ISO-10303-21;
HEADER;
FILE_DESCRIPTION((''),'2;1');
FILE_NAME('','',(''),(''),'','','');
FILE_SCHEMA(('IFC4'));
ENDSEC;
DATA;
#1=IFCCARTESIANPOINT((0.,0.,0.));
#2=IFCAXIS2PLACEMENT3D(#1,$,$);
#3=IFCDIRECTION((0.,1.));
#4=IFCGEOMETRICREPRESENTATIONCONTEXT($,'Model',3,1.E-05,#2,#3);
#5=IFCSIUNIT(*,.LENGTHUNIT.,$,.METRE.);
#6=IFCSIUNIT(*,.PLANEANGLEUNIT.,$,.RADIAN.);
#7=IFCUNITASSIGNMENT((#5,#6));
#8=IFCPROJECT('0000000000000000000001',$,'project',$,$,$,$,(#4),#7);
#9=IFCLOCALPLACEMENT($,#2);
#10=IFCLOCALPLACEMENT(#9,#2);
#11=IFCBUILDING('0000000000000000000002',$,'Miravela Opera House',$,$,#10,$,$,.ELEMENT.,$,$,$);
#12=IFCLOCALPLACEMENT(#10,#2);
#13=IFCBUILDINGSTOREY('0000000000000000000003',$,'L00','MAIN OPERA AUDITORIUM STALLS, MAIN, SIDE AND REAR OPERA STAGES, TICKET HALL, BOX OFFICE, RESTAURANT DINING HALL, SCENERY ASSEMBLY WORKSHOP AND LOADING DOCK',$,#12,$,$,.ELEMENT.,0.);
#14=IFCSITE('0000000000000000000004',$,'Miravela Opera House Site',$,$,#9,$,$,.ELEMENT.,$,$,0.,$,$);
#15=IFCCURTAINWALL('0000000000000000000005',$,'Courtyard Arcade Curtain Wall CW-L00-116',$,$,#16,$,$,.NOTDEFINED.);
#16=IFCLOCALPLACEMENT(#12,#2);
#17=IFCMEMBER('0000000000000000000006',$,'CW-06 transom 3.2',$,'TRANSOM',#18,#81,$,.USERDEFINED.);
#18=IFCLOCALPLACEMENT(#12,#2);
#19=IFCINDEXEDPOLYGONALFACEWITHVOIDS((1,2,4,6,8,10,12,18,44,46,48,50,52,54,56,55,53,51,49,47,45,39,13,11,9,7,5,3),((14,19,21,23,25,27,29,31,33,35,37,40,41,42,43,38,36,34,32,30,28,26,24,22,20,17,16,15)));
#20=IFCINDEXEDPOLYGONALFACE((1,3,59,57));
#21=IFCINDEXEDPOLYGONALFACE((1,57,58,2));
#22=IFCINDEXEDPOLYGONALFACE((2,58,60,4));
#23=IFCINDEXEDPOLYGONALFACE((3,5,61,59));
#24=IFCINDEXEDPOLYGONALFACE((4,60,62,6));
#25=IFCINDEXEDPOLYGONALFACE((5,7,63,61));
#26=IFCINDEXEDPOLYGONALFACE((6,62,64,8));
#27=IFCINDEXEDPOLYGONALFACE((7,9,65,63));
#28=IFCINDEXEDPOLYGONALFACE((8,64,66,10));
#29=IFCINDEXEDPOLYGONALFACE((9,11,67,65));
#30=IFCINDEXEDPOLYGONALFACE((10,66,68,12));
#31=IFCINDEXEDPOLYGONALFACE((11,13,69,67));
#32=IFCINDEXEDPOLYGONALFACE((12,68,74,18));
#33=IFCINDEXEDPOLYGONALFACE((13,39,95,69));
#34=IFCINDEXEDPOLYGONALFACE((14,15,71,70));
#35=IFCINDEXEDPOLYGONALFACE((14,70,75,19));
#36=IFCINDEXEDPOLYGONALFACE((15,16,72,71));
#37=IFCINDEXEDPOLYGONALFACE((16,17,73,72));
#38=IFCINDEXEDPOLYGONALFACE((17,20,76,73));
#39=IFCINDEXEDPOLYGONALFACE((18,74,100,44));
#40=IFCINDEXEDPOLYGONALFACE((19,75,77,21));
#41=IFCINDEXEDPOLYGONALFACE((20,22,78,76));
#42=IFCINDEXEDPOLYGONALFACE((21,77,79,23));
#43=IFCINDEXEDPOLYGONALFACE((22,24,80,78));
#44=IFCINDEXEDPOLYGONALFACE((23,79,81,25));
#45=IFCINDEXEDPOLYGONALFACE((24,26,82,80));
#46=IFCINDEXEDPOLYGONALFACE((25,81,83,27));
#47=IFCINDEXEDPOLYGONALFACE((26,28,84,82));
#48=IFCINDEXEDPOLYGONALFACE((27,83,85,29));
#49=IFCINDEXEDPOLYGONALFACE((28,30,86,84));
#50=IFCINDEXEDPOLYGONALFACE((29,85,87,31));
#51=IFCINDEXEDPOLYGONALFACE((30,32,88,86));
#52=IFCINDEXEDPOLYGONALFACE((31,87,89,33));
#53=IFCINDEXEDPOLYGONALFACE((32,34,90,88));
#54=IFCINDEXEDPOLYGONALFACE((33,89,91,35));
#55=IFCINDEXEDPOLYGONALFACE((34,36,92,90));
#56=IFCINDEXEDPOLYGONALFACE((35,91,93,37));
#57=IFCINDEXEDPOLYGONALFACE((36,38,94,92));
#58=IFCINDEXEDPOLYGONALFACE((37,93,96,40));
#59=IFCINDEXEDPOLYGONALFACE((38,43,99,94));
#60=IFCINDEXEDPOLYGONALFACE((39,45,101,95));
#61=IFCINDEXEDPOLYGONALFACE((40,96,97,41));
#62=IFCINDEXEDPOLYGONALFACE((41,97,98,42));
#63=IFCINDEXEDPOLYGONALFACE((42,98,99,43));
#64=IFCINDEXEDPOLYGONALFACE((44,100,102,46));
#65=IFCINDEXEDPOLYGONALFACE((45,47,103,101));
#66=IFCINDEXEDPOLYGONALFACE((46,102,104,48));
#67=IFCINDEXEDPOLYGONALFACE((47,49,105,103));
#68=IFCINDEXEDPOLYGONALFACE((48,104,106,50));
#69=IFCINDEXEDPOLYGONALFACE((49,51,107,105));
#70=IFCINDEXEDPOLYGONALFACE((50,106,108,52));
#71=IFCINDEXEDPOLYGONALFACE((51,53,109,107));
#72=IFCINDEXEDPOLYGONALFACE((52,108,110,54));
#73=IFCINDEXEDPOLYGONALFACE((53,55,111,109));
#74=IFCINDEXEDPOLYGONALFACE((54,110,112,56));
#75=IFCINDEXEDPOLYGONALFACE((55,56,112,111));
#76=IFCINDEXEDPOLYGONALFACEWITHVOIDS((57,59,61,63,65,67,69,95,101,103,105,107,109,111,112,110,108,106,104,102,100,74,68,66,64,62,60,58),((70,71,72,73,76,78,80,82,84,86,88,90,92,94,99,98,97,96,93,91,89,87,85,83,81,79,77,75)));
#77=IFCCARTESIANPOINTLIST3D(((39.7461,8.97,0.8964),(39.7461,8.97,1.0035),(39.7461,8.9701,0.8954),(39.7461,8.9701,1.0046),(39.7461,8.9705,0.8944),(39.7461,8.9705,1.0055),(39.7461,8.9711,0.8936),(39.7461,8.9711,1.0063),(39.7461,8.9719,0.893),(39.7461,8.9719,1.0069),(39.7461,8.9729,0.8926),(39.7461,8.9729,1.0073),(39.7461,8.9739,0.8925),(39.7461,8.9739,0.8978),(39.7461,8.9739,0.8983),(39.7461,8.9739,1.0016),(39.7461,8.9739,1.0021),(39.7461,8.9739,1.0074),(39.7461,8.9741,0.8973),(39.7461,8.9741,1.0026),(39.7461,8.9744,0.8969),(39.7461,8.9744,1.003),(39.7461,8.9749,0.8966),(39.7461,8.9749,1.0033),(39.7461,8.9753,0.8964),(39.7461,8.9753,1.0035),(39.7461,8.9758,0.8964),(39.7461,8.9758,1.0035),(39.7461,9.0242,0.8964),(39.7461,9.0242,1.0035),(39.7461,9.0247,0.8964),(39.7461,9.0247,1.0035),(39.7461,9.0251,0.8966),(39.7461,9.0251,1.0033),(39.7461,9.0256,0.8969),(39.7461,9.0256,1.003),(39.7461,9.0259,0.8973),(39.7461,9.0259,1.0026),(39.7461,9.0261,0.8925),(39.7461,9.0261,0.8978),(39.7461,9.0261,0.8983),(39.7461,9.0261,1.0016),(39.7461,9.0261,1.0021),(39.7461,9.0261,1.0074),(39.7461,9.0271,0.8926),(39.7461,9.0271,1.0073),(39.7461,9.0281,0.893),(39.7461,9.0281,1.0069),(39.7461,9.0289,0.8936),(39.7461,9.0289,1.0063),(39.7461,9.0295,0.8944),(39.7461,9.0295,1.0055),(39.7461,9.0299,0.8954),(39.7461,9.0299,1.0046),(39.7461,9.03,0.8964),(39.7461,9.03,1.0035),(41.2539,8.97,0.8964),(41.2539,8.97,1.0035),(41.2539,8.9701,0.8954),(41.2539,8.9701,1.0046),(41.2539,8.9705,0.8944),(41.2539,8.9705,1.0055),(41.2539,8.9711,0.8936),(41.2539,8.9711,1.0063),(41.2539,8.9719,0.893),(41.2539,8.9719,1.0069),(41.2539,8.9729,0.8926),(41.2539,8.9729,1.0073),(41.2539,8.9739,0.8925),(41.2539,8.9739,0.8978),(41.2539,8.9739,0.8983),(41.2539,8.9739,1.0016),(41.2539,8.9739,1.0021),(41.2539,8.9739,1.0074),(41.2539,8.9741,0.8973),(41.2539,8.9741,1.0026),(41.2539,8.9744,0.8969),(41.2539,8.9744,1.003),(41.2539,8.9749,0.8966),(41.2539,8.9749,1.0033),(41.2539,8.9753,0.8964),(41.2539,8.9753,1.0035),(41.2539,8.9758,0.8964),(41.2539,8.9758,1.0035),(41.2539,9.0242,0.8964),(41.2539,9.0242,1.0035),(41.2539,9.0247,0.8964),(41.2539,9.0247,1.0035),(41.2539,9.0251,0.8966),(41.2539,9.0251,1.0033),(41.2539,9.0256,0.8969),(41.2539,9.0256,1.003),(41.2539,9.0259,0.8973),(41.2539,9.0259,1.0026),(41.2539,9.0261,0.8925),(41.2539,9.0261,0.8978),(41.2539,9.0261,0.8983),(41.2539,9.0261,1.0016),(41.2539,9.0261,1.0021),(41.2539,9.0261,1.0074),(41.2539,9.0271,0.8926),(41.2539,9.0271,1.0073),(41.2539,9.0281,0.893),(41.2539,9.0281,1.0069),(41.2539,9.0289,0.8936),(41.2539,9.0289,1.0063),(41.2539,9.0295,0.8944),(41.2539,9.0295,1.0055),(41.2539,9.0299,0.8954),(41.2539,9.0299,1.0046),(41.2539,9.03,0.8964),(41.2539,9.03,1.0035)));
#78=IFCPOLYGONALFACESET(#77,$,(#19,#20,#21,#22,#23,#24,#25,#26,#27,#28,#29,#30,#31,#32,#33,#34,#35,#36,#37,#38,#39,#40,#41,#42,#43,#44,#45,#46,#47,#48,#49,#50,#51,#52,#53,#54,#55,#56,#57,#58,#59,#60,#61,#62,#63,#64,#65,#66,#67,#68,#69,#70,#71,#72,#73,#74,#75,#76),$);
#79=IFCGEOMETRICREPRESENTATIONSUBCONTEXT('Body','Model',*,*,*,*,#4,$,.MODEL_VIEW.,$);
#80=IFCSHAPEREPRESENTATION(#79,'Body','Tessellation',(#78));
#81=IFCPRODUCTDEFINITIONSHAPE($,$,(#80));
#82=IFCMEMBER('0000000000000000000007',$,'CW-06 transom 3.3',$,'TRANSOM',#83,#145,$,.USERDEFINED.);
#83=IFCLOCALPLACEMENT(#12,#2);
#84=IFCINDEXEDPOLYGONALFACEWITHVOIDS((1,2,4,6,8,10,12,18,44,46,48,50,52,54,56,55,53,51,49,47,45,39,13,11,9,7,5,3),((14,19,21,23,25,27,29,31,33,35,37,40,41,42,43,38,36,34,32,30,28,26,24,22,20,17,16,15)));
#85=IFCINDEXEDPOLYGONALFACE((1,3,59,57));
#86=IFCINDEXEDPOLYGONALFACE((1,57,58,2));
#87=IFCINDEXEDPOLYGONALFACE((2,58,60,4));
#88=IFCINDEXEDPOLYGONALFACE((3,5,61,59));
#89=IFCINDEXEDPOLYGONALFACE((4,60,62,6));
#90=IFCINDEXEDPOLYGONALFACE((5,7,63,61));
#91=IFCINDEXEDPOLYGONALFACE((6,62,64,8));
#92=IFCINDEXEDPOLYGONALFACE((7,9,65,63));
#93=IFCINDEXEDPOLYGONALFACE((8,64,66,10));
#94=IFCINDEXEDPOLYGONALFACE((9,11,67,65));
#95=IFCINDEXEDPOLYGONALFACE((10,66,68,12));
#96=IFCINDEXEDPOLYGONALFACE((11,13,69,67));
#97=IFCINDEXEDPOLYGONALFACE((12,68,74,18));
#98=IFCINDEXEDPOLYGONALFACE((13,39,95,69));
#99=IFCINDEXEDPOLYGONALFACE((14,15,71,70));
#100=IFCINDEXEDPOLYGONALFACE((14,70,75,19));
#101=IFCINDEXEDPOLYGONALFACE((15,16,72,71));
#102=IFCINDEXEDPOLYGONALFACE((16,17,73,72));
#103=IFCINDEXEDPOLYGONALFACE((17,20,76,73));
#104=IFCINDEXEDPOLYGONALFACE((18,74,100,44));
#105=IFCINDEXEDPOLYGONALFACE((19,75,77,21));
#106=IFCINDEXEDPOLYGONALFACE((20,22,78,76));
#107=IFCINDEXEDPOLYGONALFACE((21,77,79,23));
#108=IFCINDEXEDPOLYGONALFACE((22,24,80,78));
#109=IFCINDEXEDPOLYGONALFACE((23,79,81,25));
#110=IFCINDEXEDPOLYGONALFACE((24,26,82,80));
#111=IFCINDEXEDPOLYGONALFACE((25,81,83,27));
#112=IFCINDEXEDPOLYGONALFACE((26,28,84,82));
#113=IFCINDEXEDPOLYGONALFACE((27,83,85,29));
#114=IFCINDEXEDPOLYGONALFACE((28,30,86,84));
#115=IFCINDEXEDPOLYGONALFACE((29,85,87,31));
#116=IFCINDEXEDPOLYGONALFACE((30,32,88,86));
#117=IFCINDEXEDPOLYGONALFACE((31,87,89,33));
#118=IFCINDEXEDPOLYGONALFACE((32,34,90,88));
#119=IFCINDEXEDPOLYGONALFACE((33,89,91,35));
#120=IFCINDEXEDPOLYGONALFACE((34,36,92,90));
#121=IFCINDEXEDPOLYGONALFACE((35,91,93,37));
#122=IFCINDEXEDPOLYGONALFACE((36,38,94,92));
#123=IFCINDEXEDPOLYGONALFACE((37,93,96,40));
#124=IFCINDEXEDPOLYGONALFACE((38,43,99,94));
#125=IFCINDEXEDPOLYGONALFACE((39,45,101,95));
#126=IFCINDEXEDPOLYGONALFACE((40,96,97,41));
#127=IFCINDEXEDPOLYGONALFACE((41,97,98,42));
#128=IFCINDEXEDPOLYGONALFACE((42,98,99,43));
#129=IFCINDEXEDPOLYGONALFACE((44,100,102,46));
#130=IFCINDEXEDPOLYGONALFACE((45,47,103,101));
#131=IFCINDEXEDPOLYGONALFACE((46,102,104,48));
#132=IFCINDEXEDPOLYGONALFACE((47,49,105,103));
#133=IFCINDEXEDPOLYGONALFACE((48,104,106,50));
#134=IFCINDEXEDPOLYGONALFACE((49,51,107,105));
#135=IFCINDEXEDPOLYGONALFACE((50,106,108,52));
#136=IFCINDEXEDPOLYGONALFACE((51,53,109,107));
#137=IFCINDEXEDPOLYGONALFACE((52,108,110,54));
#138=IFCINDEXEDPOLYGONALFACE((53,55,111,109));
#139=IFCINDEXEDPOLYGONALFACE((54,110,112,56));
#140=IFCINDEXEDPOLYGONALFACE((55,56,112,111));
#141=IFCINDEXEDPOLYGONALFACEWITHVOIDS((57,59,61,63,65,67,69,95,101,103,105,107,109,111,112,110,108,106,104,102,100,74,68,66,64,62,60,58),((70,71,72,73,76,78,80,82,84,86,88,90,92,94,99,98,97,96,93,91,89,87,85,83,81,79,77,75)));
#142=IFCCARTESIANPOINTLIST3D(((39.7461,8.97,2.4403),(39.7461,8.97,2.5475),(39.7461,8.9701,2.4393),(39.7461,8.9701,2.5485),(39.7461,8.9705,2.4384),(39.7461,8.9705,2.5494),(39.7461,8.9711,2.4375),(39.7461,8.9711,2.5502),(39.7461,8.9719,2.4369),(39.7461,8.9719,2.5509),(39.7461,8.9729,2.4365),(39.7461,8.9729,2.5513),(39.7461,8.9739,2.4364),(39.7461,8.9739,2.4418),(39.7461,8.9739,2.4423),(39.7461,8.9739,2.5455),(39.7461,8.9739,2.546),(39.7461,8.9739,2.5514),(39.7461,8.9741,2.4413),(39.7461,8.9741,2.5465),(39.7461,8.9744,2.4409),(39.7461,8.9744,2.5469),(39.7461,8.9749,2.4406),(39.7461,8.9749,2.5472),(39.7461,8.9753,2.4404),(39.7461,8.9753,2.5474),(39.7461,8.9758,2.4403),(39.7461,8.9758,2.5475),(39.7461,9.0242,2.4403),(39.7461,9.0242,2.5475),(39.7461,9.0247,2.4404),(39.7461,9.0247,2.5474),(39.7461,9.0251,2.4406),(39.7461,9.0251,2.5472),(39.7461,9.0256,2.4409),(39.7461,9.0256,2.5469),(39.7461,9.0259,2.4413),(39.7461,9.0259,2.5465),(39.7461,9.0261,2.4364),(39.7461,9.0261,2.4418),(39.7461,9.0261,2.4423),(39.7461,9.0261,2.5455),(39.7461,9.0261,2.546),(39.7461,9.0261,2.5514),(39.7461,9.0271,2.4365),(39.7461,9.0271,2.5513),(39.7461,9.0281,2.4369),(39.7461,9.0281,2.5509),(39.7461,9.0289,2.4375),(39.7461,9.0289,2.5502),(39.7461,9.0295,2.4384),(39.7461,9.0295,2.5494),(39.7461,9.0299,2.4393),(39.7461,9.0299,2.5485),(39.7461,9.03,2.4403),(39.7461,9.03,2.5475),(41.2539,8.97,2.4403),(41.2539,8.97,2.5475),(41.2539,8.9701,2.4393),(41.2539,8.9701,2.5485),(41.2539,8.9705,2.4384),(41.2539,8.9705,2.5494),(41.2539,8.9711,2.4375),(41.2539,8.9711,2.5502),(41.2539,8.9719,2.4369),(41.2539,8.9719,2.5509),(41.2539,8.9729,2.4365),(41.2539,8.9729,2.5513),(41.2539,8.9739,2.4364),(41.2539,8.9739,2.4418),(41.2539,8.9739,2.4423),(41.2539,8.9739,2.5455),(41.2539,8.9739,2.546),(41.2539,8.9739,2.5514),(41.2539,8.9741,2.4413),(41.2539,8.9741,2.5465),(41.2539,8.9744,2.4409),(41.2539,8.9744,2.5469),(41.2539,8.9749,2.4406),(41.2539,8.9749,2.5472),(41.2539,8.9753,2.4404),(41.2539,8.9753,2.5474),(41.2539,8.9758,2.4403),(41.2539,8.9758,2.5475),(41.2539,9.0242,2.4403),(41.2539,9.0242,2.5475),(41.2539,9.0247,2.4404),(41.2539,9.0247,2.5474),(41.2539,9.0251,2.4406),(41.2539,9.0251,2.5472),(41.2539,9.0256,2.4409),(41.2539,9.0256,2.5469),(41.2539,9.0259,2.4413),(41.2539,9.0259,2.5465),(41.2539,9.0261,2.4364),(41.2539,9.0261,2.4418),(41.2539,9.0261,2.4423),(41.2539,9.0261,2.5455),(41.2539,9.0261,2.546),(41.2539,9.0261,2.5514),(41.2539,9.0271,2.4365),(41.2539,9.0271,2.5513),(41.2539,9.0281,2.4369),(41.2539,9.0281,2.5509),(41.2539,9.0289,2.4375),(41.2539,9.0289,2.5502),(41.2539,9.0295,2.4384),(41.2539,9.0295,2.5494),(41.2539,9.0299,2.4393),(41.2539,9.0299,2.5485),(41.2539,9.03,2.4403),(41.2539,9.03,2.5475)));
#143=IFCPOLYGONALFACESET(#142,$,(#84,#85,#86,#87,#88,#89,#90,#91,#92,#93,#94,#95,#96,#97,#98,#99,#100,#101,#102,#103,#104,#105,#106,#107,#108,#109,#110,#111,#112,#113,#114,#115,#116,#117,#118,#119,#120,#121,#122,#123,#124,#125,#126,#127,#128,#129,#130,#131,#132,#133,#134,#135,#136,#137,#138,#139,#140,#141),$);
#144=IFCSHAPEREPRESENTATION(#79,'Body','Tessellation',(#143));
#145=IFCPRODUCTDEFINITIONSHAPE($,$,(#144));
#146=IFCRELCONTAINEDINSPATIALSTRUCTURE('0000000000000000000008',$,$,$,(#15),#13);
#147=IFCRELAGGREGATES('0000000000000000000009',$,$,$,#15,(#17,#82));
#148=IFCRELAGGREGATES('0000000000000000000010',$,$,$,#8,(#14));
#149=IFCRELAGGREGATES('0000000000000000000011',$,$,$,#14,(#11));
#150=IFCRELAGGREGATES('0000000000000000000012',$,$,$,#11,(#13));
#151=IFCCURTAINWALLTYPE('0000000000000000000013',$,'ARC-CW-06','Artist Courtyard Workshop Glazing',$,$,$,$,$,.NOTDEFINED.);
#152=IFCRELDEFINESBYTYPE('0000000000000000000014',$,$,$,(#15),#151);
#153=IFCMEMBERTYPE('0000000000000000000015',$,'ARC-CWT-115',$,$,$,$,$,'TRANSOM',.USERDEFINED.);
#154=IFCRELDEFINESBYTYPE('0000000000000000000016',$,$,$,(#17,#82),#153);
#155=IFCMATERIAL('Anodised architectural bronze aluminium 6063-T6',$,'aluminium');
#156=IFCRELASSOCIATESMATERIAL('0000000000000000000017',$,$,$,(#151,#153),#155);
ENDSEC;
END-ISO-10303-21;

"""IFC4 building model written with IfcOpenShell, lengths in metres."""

from ifc_helpers import new_model, si_unit, direction, frame, origin, origin_2d, place, context, subcontext, project, spatial, hollow_rectangle, extrude, material, material_profile, profile_set, type_object, element, aggregate, save


model = new_model("IFC4")

# Units and contexts
model_context = context("Model", 3, precision=1e-05, world=origin(), true_north=direction((0.0, 1.0)))
body_context = subcontext(model_context, "Body", "Model", "MODEL_VIEW")
ifc_project = project(units=[si_unit("LENGTHUNIT", "METRE"), si_unit("PLANEANGLEUNIT", "RADIAN")], contexts=[model_context])

# Site, building, storey
site_placement = place(None, origin())
site = spatial("IfcSite", under=ifc_project, at=site_placement, Name="Miravela Opera House Site", CompositionType="ELEMENT", RefElevation=0.0)
building_placement = place(site_placement, origin())
building = spatial("IfcBuilding", under=site, at=building_placement, Name="Miravela Opera House", CompositionType="ELEMENT")
storey_placement = place(building_placement, origin())
storey = spatial("IfcBuildingStorey", under=building, at=storey_placement, Name="L00", Description="MAIN OPERA AUDITORIUM STALLS, MAIN, SIDE AND REAR OPERA STAGES, TICKET HALL, BOX OFFICE, RESTAURANT DINING HALL, SCENERY ASSEMBLY WORKSHOP AND LOADING DOCK", CompositionType="ELEMENT", Elevation=0.0)

# Curtain wall, members
ifc_material_1 = material(Name="Anodised architectural bronze aluminium 6063-T6", Category="aluminium")
curtain_wall_type = type_object("IfcCurtainWallType", Name="ARC-CW-06", Description="Artist Courtyard Workshop Glazing", PredefinedType="NOTDEFINED", material=ifc_material_1)
curtain_wall_placement = place(storey_placement, origin())
curtain_wall = element("IfcCurtainWall", 1, at=curtain_wall_placement, inside=storey, type_object=curtain_wall_type, Name="Courtyard Arcade Curtain Wall CW-L00-116", PredefinedType="NOTDEFINED")
ifc_material_profile_1 = material_profile(ifc_material_1, hollow_rectangle(XDim=0.0601, YDim=0.115, WallThickness=0.0039, InnerFilletRadius=0.002, OuterFilletRadius=0.0039, at=origin_2d()), Name="CWT-60X115")
ifc_profile_set_1 = profile_set([ifc_material_profile_1])
member_type_1 = type_object("IfcMemberType", Name="ARC-CWT-115", ElementType="TRANSOM", PredefinedType="USERDEFINED", material=ifc_profile_set_1)
member_1_placement = place(storey_placement, frame((39.7461, 9.0, 0.95), z_axis=(1.0, 0.0, 0.0), x_axis=(0.0, 1.0, 0.0)))
member_1 = element("IfcMember", 2, at=member_1_placement, type_object=member_type_1, Name="CW-06 transom 3.2", ObjectType="TRANSOM", PredefinedType="USERDEFINED", context=body_context, shape_type="SweptSolid", body=[
    extrude(hollow_rectangle(XDim=0.0601, YDim=0.115, WallThickness=0.0039, InnerFilletRadius=0.002, OuterFilletRadius=0.0039, at=origin_2d()), origin(), (0.0, 0.0, 1.0), 1.5078),
])
member_2_placement = place(storey_placement, frame((39.7461, 9.0, 2.4939), z_axis=(1.0, 0.0, 0.0), x_axis=(0.0, 1.0, 0.0)))
member_2 = element("IfcMember", 3, at=member_2_placement, type_object=member_type_1, Name="CW-06 transom 3.3", ObjectType="TRANSOM", PredefinedType="USERDEFINED", context=body_context, shape_type="SweptSolid", body=[
    extrude(hollow_rectangle(XDim=0.0601, YDim=0.115, WallThickness=0.0039, InnerFilletRadius=0.002, OuterFilletRadius=0.0039, at=origin_2d()), origin(), (0.0, 0.0, 1.0), 1.5078),
])
aggregate(curtain_wall, [member_1, member_2])

save(model, "model.ifc")
